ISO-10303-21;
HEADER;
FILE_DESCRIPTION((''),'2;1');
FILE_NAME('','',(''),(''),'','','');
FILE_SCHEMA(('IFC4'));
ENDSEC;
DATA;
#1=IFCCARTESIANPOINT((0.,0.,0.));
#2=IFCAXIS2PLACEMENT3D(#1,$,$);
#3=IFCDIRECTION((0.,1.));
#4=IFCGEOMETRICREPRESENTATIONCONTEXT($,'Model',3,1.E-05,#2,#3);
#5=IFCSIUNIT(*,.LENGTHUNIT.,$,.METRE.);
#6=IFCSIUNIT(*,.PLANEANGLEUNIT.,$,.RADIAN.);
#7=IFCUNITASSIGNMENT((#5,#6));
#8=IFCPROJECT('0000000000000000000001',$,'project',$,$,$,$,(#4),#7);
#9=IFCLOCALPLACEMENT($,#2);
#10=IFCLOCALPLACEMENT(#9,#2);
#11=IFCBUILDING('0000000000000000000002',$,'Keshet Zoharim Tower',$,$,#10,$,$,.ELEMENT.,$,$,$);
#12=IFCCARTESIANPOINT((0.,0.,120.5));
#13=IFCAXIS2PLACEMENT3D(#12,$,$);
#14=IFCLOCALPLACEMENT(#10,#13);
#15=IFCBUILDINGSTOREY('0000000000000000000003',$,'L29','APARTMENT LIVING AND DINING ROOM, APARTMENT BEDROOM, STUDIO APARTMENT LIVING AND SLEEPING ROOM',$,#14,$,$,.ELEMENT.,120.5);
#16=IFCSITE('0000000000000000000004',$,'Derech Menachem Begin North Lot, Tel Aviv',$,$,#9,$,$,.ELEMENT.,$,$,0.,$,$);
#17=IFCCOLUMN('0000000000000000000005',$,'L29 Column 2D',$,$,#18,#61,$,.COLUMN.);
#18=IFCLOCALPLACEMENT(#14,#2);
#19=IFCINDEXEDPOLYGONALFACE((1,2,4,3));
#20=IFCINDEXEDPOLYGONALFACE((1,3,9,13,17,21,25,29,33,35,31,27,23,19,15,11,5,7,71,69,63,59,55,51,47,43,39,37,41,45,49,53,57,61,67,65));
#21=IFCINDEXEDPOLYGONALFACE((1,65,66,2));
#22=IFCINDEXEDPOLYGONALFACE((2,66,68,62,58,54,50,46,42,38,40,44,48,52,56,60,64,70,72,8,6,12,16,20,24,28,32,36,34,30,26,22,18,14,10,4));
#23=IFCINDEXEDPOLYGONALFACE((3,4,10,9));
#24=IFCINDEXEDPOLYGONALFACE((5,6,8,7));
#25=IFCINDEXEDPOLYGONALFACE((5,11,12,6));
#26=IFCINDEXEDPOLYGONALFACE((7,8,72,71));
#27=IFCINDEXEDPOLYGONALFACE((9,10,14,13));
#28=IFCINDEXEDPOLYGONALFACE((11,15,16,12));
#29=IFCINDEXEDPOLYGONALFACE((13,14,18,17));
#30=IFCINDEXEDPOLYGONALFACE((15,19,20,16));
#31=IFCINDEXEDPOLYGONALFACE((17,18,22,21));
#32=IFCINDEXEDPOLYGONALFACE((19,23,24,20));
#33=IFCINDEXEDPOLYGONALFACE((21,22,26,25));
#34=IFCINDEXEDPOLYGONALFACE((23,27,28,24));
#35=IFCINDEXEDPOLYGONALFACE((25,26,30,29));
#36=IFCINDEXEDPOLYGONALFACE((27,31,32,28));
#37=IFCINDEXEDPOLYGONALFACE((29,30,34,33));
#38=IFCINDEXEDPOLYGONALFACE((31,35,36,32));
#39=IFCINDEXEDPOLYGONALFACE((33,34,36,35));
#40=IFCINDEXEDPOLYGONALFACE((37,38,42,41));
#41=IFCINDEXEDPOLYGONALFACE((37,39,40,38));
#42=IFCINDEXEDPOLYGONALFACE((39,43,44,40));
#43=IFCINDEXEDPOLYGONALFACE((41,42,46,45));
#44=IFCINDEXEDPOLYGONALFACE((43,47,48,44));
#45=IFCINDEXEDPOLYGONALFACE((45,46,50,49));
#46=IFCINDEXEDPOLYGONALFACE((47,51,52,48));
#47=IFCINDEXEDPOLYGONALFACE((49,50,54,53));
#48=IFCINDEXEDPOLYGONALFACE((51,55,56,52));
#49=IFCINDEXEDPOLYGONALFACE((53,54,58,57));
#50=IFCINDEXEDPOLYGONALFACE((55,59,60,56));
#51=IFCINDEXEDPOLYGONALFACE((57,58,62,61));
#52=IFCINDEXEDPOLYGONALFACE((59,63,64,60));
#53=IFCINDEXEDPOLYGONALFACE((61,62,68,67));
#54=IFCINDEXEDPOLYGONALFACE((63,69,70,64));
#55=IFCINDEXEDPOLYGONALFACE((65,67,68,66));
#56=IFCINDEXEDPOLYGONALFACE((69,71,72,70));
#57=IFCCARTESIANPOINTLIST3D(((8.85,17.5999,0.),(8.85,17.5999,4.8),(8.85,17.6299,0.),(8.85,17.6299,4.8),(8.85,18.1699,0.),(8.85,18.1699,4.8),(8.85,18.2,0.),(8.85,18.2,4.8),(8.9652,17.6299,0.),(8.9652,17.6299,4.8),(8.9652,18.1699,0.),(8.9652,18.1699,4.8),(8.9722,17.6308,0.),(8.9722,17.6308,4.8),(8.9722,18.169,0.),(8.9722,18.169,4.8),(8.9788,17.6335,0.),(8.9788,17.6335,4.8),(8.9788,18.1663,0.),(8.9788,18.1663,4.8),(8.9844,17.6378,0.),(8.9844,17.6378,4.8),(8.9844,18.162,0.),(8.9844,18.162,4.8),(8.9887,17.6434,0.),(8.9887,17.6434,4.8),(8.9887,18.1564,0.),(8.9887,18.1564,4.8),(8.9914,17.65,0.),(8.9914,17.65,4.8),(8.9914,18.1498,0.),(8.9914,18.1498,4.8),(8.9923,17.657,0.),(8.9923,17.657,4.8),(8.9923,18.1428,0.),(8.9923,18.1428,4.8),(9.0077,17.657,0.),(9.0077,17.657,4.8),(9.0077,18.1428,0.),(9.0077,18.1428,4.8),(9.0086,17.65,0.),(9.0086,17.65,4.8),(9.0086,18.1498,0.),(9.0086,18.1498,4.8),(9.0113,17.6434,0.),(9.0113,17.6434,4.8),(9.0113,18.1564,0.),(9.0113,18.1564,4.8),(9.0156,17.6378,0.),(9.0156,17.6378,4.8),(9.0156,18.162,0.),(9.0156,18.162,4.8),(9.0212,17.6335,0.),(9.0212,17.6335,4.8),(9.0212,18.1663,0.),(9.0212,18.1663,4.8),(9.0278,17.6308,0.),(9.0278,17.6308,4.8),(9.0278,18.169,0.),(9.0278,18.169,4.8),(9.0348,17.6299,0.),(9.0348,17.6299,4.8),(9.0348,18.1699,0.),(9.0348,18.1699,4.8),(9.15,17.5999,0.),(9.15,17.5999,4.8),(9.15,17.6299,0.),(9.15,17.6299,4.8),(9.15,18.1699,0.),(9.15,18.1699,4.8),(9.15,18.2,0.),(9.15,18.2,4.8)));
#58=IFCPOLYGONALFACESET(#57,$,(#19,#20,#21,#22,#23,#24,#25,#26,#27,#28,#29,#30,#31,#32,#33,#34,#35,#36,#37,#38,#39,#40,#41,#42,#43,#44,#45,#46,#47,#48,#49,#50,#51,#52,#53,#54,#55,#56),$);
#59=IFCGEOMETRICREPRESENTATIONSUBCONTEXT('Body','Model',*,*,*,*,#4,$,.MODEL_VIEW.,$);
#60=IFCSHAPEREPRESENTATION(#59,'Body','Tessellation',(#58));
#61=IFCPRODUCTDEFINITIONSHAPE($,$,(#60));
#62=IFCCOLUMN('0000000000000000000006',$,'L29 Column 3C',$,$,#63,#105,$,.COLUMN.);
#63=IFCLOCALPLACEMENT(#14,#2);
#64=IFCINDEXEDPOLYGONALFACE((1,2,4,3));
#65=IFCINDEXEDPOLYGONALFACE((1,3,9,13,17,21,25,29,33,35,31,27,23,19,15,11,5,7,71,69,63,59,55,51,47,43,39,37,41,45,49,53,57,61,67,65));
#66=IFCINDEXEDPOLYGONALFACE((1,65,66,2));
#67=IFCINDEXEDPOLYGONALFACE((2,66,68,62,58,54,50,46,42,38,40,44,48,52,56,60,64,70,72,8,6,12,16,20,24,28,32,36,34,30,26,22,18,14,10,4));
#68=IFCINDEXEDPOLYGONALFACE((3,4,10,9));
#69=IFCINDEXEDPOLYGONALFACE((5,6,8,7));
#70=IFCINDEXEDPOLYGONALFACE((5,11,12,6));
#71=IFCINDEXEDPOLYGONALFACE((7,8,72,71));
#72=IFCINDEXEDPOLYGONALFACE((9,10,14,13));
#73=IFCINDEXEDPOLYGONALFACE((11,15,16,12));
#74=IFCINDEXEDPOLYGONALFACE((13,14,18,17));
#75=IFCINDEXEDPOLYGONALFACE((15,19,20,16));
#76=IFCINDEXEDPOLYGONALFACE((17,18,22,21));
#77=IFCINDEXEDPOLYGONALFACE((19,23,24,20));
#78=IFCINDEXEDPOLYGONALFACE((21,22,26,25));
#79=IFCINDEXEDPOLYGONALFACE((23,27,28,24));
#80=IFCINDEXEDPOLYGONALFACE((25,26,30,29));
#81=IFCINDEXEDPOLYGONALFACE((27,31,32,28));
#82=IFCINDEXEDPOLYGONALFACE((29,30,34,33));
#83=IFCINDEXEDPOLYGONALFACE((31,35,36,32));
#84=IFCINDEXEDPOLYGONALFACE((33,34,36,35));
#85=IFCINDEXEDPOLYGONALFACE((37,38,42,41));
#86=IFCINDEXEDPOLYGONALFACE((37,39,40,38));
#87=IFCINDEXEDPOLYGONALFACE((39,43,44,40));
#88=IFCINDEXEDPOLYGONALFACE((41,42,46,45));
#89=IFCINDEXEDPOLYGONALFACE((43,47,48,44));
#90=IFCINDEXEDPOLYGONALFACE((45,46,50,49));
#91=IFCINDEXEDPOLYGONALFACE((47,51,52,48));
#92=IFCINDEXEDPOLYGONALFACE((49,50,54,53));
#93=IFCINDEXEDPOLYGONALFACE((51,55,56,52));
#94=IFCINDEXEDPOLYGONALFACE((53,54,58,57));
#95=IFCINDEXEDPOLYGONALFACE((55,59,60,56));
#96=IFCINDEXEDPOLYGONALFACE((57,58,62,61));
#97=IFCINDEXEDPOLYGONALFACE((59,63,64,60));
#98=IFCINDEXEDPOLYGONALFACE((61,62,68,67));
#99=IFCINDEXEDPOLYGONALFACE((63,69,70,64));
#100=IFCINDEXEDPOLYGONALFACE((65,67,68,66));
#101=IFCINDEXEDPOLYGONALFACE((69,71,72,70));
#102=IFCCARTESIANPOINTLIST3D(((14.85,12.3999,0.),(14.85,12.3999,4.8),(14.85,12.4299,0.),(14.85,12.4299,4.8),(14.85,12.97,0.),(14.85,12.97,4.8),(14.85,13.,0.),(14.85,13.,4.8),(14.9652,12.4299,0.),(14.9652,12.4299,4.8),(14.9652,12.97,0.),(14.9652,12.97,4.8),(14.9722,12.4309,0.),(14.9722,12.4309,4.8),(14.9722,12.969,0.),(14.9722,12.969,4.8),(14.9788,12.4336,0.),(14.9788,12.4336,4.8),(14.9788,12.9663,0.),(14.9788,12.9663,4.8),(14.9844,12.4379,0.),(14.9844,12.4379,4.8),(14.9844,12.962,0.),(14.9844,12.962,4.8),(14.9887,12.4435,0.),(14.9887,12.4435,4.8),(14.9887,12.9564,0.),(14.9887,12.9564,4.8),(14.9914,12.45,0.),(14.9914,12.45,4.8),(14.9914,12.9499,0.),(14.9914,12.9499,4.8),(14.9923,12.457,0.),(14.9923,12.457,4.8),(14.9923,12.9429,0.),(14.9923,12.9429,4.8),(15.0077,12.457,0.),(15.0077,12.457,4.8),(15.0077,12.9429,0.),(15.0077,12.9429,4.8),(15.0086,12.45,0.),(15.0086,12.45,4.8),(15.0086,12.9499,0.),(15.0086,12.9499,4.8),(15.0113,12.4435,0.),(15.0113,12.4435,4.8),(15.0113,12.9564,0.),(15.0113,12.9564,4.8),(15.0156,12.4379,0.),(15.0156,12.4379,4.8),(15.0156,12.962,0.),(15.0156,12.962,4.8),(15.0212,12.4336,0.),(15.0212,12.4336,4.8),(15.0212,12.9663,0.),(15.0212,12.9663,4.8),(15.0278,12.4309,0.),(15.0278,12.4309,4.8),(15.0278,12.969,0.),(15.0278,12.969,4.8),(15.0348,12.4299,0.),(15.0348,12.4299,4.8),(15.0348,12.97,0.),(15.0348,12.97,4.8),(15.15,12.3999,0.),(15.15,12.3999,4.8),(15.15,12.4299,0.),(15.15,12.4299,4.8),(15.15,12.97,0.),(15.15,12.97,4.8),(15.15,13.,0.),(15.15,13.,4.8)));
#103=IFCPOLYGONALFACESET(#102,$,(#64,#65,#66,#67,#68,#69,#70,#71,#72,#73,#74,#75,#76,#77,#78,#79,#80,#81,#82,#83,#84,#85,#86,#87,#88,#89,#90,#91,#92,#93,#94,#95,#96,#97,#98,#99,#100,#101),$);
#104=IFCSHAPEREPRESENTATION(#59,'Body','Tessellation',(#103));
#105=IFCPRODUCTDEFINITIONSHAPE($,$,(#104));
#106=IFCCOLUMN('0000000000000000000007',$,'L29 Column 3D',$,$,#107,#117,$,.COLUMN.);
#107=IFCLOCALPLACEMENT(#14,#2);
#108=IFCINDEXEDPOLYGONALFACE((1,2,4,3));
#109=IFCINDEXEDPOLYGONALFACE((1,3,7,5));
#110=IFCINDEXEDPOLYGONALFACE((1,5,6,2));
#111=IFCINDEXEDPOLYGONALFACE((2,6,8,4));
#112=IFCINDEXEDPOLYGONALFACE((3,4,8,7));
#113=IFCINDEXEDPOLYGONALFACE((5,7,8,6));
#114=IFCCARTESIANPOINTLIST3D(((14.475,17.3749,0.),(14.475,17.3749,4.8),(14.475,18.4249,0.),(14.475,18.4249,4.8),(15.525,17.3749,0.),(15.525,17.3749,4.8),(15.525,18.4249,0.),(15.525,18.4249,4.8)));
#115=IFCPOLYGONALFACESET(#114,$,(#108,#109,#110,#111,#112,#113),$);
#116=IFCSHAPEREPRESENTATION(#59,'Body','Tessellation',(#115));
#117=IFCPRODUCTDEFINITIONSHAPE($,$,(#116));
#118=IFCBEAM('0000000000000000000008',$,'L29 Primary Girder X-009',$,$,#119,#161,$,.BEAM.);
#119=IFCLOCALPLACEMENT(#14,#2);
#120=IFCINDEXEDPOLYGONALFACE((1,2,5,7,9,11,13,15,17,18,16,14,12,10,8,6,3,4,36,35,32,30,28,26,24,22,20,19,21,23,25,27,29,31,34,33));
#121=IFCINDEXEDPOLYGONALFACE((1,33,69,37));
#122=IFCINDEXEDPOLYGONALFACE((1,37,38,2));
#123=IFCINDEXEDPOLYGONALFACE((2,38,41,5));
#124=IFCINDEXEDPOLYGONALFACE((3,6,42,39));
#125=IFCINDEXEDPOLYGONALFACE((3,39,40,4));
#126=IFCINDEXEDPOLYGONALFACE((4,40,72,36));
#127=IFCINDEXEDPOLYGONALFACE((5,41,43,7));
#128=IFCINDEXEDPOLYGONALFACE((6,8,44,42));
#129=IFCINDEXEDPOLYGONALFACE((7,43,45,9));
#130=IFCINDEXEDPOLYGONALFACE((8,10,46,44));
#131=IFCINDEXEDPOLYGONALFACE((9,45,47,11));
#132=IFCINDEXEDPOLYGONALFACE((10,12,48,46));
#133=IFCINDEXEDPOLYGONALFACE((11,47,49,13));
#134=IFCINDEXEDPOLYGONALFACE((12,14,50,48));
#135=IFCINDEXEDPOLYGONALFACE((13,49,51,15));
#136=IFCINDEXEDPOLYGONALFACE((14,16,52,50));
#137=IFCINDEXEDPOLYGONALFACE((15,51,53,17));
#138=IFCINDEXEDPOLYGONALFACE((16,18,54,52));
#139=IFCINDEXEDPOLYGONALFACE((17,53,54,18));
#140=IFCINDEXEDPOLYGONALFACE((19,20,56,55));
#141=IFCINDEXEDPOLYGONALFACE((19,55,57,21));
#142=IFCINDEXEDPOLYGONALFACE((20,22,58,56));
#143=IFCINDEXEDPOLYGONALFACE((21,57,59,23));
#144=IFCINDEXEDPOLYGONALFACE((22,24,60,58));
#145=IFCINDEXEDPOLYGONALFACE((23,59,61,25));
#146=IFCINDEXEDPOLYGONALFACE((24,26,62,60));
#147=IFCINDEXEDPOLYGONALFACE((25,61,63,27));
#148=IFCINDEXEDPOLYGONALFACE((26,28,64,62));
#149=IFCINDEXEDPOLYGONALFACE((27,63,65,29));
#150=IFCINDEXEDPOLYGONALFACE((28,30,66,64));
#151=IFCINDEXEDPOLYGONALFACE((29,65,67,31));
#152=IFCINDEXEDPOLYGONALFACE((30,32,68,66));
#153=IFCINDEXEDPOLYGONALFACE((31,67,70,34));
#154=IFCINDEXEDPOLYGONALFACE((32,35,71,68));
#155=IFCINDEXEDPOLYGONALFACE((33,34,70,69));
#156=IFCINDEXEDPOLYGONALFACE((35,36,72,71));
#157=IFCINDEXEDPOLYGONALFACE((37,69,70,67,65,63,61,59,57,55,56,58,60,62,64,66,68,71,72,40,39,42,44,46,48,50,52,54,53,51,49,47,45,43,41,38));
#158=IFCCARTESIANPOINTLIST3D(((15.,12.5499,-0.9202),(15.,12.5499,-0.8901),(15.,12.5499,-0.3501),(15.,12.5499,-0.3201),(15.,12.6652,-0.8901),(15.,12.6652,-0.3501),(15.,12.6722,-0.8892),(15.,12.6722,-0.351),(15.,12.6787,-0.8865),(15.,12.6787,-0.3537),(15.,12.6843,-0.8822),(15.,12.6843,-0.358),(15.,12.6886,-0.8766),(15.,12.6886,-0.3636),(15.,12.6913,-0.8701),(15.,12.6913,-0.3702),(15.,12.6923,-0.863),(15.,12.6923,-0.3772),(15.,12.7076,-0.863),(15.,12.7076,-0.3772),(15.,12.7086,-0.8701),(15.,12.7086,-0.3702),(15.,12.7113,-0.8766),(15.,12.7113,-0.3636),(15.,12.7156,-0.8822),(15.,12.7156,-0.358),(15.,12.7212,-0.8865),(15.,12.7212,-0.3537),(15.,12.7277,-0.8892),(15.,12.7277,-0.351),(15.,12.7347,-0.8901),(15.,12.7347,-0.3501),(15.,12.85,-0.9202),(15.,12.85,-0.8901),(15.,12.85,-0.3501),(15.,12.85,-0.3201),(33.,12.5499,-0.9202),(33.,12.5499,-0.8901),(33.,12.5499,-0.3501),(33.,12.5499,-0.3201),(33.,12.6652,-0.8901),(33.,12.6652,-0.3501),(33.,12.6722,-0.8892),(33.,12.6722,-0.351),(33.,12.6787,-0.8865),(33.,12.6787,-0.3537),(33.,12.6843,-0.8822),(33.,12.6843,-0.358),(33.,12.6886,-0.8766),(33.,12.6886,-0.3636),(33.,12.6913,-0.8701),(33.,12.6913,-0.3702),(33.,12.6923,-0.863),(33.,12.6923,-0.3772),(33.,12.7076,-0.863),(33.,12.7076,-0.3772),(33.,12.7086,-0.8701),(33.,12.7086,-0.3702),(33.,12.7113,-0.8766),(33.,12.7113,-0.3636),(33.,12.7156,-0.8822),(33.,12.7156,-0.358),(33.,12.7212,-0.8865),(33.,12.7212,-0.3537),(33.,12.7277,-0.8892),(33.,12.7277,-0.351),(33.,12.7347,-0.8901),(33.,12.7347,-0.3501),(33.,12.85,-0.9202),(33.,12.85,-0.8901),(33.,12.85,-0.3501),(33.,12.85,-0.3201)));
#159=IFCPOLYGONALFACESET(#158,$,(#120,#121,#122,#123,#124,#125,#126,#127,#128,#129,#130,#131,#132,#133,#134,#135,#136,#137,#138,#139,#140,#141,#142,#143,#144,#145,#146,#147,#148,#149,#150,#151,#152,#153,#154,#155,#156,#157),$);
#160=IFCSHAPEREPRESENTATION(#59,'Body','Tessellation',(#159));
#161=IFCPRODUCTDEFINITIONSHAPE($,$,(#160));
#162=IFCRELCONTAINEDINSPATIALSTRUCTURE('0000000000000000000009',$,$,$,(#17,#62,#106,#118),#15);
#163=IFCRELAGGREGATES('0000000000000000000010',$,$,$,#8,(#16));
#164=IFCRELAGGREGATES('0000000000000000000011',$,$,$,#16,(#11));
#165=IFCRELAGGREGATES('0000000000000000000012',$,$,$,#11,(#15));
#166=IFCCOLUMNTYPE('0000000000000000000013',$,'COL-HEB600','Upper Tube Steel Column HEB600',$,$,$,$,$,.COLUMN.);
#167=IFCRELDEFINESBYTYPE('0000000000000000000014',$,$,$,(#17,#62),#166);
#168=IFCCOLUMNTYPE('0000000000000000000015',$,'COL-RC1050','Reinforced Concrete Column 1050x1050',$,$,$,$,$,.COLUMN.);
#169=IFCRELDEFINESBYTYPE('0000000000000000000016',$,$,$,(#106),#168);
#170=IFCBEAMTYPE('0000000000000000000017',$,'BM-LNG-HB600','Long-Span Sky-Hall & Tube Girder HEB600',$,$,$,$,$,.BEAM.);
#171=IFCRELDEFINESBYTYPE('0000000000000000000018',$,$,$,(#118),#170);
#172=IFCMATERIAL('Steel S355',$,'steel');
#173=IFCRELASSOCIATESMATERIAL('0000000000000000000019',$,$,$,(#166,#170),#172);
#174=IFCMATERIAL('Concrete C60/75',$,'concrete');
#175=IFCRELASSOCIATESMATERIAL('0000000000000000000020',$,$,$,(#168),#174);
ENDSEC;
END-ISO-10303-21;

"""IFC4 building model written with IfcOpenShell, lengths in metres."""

from ifc_helpers import new_model, si_unit, direction, frame, origin, origin_2d, place, context, subcontext, project, spatial, rectangle, i_section, extrude, material, material_profile, profile_set, type_object, element, save


model = new_model("IFC4")

# Units and contexts
model_context = context("Model", 3, precision=1e-05, world=origin(), true_north=direction((0.0, 1.0)))
body_context = subcontext(model_context, "Body", "Model", "MODEL_VIEW")
ifc_project = project(units=[si_unit("LENGTHUNIT", "METRE"), si_unit("PLANEANGLEUNIT", "RADIAN")], contexts=[model_context])

# Site, building, storey
site_placement = place(None, origin())
site = spatial("IfcSite", under=ifc_project, at=site_placement, Name="Derech Menachem Begin North Lot, Tel Aviv", CompositionType="ELEMENT", RefElevation=0.0)
building_placement = place(site_placement, origin())
building = spatial("IfcBuilding", under=site, at=building_placement, Name="Keshet Zoharim Tower", CompositionType="ELEMENT")
storey_placement = place(building_placement, frame((0.0, 0.0, 120.5)))
storey = spatial("IfcBuildingStorey", under=building, at=storey_placement, Name="L29", Description="APARTMENT LIVING AND DINING ROOM, APARTMENT BEDROOM, STUDIO APARTMENT LIVING AND SLEEPING ROOM", CompositionType="ELEMENT", Elevation=120.5)

# Columns
ifc_material_1 = material(Name="Steel S355", Category="steel")
ifc_material_profile_1 = material_profile(ifc_material_1, i_section(OverallWidth=0.3, OverallDepth=0.6001, WebThickness=0.0154, FlangeThickness=0.03, FilletRadius=0.0271, at=origin_2d()), Name="HEB600")
ifc_profile_set_1 = profile_set([ifc_material_profile_1], Name="Steel S355")
column_type_1 = type_object("IfcColumnType", Name="COL-HEB600", Description="Upper Tube Steel Column HEB600", PredefinedType="COLUMN", material=ifc_profile_set_1)
for number, where, z_axis, x_axis, name in (
    (1, (9.0, 17.8999, 0.0), (0.0, 0.0, 1.0), (1.0, 0.0, 0.0), "L29 Column 2D"),
    (2, (15.0, 12.7, 0.0), (0.0, 0.0, 1.0), (1.0, 0.0, 0.0), "L29 Column 3C"),
):
    element("IfcColumn", number, at=place(storey_placement, frame(where, z_axis=z_axis, x_axis=x_axis)), inside=storey, type_object=column_type_1, Name=name, PredefinedType="COLUMN", context=body_context, shape_type="SweptSolid", body=[
        extrude(i_section(OverallWidth=0.3, OverallDepth=0.6001, WebThickness=0.0154, FlangeThickness=0.03, FilletRadius=0.0271, at=origin_2d()), origin(), (0.0, 0.0, 1.0), 4.8),
    ])
ifc_material_2 = material(Name="Concrete C60/75", Category="concrete")
ifc_material_profile_2 = material_profile(ifc_material_2, rectangle(XDim=1.05, YDim=1.05, at=origin_2d()), Name="RC1050x1050")
ifc_profile_set_2 = profile_set([ifc_material_profile_2], Name="Concrete C60/75")
column_type_2 = type_object("IfcColumnType", Name="COL-RC1050", Description="Reinforced Concrete Column 1050x1050", PredefinedType="COLUMN", material=ifc_profile_set_2)
column_placement = place(storey_placement, frame((15.0, 17.8999, 0.0), z_axis=(0.0, 0.0, 1.0), x_axis=(1.0, 0.0, 0.0)))
element("IfcColumn", 3, at=column_placement, inside=storey, type_object=column_type_2, Name="L29 Column 3D", PredefinedType="COLUMN", context=body_context, shape_type="SweptSolid", body=[
    extrude(rectangle(XDim=1.05, YDim=1.05, at=origin_2d()), origin(), (0.0, 0.0, 1.0), 4.8),
])

# Beam
ifc_material_profile_3 = material_profile(ifc_material_1, i_section(OverallWidth=0.3, OverallDepth=0.6001, WebThickness=0.0154, FlangeThickness=0.03, FilletRadius=0.0271, at=origin_2d()), Name="HEB600")
ifc_profile_set_3 = profile_set([ifc_material_profile_3], Name="Steel S355")
beam_type_1 = type_object("IfcBeamType", Name="BM-LNG-HB600", Description="Long-Span Sky-Hall & Tube Girder HEB600", PredefinedType="BEAM", material=ifc_profile_set_3)
for number, where, z_axis, x_axis, name in (
    (4, (15.0, 12.7, -0.6201), (1.0, 0.0, 0.0), (0.0, 1.0, 0.0), "L29 Primary Girder X-009"),
):
    element("IfcBeam", number, at=place(storey_placement, frame(where, z_axis=z_axis, x_axis=x_axis)), inside=storey, type_object=beam_type_1, Name=name, PredefinedType="BEAM", context=body_context, shape_type="SweptSolid", body=[
        extrude(i_section(OverallWidth=0.3, OverallDepth=0.6001, WebThickness=0.0154, FlangeThickness=0.03, FilletRadius=0.0271, at=origin_2d()), origin(), (0.0, 0.0, 1.0), 18.0),
    ])

save(model, "model.ifc")
